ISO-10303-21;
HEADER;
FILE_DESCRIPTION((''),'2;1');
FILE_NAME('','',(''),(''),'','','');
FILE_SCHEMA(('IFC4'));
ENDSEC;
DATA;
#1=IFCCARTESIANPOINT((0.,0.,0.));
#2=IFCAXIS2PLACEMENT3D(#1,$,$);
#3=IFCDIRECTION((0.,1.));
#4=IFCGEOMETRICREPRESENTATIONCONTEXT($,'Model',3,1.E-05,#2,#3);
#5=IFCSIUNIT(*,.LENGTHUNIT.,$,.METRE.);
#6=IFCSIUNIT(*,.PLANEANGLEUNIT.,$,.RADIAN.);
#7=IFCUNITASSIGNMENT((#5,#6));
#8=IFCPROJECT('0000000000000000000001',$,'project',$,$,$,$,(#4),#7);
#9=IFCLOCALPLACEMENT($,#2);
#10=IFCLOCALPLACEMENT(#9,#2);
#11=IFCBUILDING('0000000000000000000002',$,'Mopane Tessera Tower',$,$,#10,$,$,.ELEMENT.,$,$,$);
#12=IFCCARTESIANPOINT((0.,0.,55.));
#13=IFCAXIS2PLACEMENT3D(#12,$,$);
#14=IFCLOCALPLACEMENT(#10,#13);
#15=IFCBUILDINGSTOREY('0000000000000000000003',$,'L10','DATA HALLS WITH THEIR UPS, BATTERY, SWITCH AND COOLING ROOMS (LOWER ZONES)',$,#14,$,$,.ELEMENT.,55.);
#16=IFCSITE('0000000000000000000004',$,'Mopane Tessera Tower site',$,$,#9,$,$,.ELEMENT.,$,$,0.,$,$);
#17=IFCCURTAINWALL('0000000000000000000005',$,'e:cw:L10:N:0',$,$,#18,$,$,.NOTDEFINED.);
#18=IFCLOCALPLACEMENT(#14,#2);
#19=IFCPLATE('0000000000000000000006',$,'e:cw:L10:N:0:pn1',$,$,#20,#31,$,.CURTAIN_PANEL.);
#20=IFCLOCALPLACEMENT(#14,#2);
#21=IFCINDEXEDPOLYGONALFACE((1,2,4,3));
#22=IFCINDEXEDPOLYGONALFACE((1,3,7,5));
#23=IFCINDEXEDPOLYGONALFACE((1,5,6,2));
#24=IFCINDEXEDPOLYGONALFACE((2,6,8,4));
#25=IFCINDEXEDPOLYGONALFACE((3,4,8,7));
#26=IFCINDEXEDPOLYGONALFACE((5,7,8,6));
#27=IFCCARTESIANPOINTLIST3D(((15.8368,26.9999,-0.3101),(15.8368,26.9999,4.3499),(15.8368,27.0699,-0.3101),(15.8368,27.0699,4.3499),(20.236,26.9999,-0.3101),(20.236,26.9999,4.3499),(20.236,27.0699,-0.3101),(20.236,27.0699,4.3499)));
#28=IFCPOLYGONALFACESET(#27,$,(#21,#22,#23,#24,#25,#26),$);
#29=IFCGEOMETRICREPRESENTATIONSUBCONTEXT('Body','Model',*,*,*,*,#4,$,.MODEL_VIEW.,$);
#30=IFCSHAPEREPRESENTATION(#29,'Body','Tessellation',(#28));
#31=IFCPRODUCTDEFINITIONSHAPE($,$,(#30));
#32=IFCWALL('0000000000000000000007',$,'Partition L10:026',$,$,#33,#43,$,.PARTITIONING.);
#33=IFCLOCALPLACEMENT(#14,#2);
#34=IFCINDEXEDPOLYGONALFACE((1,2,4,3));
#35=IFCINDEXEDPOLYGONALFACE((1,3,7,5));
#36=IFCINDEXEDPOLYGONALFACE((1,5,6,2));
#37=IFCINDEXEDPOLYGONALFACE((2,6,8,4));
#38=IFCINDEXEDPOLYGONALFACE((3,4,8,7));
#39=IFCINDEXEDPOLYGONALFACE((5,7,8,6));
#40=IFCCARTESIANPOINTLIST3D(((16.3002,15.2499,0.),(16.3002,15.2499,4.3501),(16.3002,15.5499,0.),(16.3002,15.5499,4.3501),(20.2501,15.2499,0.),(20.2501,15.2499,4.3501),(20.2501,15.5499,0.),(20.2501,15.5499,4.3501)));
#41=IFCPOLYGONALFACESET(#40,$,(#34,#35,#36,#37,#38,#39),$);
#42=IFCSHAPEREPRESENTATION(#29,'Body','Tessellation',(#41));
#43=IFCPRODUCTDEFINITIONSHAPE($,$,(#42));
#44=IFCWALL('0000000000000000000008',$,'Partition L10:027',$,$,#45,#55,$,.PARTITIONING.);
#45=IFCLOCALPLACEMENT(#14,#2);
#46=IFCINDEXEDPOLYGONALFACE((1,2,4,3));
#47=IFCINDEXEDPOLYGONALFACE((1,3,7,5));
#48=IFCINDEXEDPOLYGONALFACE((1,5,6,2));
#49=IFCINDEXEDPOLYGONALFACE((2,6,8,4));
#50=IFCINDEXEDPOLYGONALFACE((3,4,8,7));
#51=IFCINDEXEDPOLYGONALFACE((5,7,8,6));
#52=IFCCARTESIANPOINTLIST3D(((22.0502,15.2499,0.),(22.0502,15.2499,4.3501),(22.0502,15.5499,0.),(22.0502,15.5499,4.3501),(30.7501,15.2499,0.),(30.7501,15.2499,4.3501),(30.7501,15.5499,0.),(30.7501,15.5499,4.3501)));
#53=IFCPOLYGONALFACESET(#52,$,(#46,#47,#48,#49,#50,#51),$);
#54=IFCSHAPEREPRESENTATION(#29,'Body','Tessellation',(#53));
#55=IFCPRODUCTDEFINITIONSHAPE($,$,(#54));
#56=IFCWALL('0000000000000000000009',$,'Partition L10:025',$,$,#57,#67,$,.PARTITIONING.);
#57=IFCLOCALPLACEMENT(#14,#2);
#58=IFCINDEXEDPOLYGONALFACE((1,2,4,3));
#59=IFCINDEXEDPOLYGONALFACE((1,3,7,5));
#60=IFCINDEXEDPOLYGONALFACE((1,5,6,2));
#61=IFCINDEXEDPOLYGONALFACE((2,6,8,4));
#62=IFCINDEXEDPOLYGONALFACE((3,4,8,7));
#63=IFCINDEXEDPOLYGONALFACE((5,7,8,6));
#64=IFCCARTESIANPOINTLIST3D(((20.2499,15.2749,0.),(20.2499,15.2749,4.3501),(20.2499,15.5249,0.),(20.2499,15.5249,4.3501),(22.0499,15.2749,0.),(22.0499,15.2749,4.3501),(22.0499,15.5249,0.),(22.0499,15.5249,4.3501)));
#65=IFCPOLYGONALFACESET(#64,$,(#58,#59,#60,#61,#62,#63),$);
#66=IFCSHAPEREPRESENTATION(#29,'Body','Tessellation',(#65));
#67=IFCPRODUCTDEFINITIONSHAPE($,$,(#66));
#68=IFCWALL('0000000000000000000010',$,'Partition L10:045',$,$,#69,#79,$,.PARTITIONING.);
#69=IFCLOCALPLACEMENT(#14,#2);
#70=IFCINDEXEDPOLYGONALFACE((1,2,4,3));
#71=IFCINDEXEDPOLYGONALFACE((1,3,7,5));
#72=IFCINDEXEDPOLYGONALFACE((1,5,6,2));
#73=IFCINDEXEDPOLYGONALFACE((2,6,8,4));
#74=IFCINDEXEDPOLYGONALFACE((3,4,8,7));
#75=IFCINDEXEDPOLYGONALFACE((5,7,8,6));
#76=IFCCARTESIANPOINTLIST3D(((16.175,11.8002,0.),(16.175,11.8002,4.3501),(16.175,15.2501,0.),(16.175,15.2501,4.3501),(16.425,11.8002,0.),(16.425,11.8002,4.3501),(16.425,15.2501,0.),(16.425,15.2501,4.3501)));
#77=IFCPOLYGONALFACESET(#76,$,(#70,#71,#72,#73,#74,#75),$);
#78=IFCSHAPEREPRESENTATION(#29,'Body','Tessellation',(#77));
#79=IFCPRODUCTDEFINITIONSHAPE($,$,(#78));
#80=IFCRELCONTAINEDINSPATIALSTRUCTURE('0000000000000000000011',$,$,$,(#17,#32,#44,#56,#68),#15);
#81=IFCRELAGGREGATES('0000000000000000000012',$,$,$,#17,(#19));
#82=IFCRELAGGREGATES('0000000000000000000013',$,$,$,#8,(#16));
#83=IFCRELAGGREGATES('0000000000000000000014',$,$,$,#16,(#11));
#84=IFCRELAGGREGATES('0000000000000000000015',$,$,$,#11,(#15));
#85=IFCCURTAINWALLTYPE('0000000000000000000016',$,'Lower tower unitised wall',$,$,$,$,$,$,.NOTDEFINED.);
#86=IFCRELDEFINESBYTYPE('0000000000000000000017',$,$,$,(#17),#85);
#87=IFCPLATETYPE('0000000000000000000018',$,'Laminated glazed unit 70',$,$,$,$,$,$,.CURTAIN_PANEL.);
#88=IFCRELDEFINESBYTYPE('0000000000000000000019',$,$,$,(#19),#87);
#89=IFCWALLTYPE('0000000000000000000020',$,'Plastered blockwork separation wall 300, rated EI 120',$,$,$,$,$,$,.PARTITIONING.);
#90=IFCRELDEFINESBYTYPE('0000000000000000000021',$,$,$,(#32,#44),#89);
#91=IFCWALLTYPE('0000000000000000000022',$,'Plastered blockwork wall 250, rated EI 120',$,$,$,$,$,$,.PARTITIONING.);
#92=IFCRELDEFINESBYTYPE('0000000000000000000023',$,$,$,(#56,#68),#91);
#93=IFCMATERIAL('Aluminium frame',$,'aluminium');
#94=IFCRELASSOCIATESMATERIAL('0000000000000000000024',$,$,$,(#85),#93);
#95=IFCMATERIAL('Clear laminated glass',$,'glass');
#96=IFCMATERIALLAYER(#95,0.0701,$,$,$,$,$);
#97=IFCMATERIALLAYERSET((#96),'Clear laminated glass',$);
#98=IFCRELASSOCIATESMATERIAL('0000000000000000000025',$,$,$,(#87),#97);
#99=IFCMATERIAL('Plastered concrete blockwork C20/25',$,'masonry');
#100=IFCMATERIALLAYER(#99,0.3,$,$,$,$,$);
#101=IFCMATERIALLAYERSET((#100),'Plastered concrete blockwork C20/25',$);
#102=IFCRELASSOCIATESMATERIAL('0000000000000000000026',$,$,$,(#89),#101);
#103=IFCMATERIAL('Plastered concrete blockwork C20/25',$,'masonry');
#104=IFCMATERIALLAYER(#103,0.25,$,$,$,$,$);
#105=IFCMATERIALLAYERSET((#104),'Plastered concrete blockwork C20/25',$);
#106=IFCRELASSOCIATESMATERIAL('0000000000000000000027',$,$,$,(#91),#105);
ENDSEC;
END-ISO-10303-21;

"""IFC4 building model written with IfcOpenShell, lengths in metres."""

from ifc_helpers import new_model, si_unit, direction, frame, frame_2d, origin, origin_2d, place, context, subcontext, project, spatial, rectangle, extrude, material, layer, layer_set, type_object, element, aggregate, save


model = new_model("IFC4")

# Units and contexts
model_context = context("Model", 3, precision=1e-05, world=origin(), true_north=direction((0.0, 1.0)))
body_context = subcontext(model_context, "Body", "Model", "MODEL_VIEW")
ifc_project = project(units=[si_unit("LENGTHUNIT", "METRE"), si_unit("PLANEANGLEUNIT", "RADIAN")], contexts=[model_context])

# Site, building, storey
site_placement = place(None, origin())
site = spatial("IfcSite", under=ifc_project, at=site_placement, Name="Mopane Tessera Tower site", CompositionType="ELEMENT", RefElevation=0.0)
building_placement = place(site_placement, origin())
building = spatial("IfcBuilding", under=site, at=building_placement, Name="Mopane Tessera Tower", CompositionType="ELEMENT")
storey_placement = place(building_placement, frame((0.0, 0.0, 55.0)))
storey = spatial("IfcBuildingStorey", under=building, at=storey_placement, Name="L10", Description="DATA HALLS WITH THEIR UPS, BATTERY, SWITCH AND COOLING ROOMS (LOWER ZONES)", CompositionType="ELEMENT", Elevation=55.0)

# Curtain wall
ifc_material_1 = material(Name="Aluminium frame", Category="aluminium")
curtain_wall_type = type_object("IfcCurtainWallType", Name="Lower tower unitised wall", PredefinedType="NOTDEFINED", material=ifc_material_1)
curtain_wall_1_placement = place(storey_placement, origin())
curtain_wall_1 = element("IfcCurtainWall", 1, at=curtain_wall_1_placement, inside=storey, type_object=curtain_wall_type, Name="e:cw:L10:N:0", PredefinedType="NOTDEFINED")

# Plate
ifc_material_2 = material(Name="Clear laminated glass", Category="glass")
ifc_layer_1 = layer(ifc_material_2, 0.0701)
ifc_layer_set_1 = layer_set([ifc_layer_1], Name="Clear laminated glass")
plate_type = type_object("IfcPlateType", Name="Laminated glazed unit 70", PredefinedType="CURTAIN_PANEL", material=ifc_layer_set_1)
plate_1_placement = place(storey_placement, frame((18.0364, 27.0349, -0.3101), z_axis=(0.0, 0.0, 1.0), x_axis=(-1.0, 0.0, 0.0)))
plate_1 = element("IfcPlate", 2, at=plate_1_placement, type_object=plate_type, Name="e:cw:L10:N:0:pn1", PredefinedType="CURTAIN_PANEL", context=body_context, shape_type="SweptSolid", body=[
    extrude(rectangle(XDim=4.3992, YDim=0.0701, at=origin_2d()), origin(), (0.0, 0.0, 1.0), 4.6599),
])
aggregate(curtain_wall_1, [plate_1])

# Walls
ifc_material_3 = material(Name="Plastered concrete blockwork C20/25", Category="masonry")
ifc_layer_2 = layer(ifc_material_3, 0.3)
ifc_layer_set_2 = layer_set([ifc_layer_2], Name="Plastered concrete blockwork C20/25")
wall_type_1 = type_object("IfcWallType", Name="Plastered blockwork separation wall 300, rated EI 120", PredefinedType="PARTITIONING", material=ifc_layer_set_2)
wall_1_placement = place(storey_placement, frame((16.3, 15.3999, 0.0), z_axis=(0.0, 0.0, 1.0), x_axis=(1.0, 0.0, 0.0)))
element("IfcWall", 3, at=wall_1_placement, inside=storey, type_object=wall_type_1, Name="Partition L10:026", PredefinedType="PARTITIONING", context=body_context, shape_type="SweptSolid", body=[
    extrude(rectangle(XDim=3.95, YDim=0.3, at=frame_2d((1.9751, 0.0))), origin(), (0.0, 0.0, 1.0), 4.3501),
])
wall_2_placement = place(storey_placement, frame((22.05, 15.3999, 0.0), z_axis=(0.0, 0.0, 1.0), x_axis=(1.0, 0.0, 0.0)))
element("IfcWall", 4, at=wall_2_placement, inside=storey, type_object=wall_type_1, Name="Partition L10:027", PredefinedType="PARTITIONING", context=body_context, shape_type="SweptSolid", body=[
    extrude(rectangle(XDim=8.7, YDim=0.3, at=frame_2d((4.3501, 0.0))), origin(), (0.0, 0.0, 1.0), 4.3501),
])
ifc_material_4 = material(Name="Plastered concrete blockwork C20/25", Category="masonry")
ifc_layer_3 = layer(ifc_material_4, 0.25)
ifc_layer_set_3 = layer_set([ifc_layer_3], Name="Plastered concrete blockwork C20/25")
wall_type_2 = type_object("IfcWallType", Name="Plastered blockwork wall 250, rated EI 120", PredefinedType="PARTITIONING", material=ifc_layer_set_3)
wall_3_placement = place(storey_placement, frame((20.25, 15.3999, 0.0), z_axis=(0.0, 0.0, 1.0), x_axis=(1.0, 0.0, 0.0)))
element("IfcWall", 5, at=wall_3_placement, inside=storey, type_object=wall_type_2, Name="Partition L10:025", PredefinedType="PARTITIONING", context=body_context, shape_type="SweptSolid", body=[
    extrude(rectangle(XDim=1.8, YDim=0.25, at=frame_2d((0.8999, 0.0))), origin(), (0.0, 0.0, 1.0), 4.3501),
])
wall_4_placement = place(storey_placement, frame((16.3, 11.8, 0.0), z_axis=(0.0, 0.0, 1.0), x_axis=(0.0, 1.0, 0.0)))
element("IfcWall", 6, at=wall_4_placement, inside=storey, type_object=wall_type_2, Name="Partition L10:045", PredefinedType="PARTITIONING", context=body_context, shape_type="SweptSolid", body=[
    extrude(rectangle(XDim=3.45, YDim=0.25, at=frame_2d((1.7251, 0.0))), origin(), (0.0, 0.0, 1.0), 4.3501),
])

save(model, "model.ifc")
